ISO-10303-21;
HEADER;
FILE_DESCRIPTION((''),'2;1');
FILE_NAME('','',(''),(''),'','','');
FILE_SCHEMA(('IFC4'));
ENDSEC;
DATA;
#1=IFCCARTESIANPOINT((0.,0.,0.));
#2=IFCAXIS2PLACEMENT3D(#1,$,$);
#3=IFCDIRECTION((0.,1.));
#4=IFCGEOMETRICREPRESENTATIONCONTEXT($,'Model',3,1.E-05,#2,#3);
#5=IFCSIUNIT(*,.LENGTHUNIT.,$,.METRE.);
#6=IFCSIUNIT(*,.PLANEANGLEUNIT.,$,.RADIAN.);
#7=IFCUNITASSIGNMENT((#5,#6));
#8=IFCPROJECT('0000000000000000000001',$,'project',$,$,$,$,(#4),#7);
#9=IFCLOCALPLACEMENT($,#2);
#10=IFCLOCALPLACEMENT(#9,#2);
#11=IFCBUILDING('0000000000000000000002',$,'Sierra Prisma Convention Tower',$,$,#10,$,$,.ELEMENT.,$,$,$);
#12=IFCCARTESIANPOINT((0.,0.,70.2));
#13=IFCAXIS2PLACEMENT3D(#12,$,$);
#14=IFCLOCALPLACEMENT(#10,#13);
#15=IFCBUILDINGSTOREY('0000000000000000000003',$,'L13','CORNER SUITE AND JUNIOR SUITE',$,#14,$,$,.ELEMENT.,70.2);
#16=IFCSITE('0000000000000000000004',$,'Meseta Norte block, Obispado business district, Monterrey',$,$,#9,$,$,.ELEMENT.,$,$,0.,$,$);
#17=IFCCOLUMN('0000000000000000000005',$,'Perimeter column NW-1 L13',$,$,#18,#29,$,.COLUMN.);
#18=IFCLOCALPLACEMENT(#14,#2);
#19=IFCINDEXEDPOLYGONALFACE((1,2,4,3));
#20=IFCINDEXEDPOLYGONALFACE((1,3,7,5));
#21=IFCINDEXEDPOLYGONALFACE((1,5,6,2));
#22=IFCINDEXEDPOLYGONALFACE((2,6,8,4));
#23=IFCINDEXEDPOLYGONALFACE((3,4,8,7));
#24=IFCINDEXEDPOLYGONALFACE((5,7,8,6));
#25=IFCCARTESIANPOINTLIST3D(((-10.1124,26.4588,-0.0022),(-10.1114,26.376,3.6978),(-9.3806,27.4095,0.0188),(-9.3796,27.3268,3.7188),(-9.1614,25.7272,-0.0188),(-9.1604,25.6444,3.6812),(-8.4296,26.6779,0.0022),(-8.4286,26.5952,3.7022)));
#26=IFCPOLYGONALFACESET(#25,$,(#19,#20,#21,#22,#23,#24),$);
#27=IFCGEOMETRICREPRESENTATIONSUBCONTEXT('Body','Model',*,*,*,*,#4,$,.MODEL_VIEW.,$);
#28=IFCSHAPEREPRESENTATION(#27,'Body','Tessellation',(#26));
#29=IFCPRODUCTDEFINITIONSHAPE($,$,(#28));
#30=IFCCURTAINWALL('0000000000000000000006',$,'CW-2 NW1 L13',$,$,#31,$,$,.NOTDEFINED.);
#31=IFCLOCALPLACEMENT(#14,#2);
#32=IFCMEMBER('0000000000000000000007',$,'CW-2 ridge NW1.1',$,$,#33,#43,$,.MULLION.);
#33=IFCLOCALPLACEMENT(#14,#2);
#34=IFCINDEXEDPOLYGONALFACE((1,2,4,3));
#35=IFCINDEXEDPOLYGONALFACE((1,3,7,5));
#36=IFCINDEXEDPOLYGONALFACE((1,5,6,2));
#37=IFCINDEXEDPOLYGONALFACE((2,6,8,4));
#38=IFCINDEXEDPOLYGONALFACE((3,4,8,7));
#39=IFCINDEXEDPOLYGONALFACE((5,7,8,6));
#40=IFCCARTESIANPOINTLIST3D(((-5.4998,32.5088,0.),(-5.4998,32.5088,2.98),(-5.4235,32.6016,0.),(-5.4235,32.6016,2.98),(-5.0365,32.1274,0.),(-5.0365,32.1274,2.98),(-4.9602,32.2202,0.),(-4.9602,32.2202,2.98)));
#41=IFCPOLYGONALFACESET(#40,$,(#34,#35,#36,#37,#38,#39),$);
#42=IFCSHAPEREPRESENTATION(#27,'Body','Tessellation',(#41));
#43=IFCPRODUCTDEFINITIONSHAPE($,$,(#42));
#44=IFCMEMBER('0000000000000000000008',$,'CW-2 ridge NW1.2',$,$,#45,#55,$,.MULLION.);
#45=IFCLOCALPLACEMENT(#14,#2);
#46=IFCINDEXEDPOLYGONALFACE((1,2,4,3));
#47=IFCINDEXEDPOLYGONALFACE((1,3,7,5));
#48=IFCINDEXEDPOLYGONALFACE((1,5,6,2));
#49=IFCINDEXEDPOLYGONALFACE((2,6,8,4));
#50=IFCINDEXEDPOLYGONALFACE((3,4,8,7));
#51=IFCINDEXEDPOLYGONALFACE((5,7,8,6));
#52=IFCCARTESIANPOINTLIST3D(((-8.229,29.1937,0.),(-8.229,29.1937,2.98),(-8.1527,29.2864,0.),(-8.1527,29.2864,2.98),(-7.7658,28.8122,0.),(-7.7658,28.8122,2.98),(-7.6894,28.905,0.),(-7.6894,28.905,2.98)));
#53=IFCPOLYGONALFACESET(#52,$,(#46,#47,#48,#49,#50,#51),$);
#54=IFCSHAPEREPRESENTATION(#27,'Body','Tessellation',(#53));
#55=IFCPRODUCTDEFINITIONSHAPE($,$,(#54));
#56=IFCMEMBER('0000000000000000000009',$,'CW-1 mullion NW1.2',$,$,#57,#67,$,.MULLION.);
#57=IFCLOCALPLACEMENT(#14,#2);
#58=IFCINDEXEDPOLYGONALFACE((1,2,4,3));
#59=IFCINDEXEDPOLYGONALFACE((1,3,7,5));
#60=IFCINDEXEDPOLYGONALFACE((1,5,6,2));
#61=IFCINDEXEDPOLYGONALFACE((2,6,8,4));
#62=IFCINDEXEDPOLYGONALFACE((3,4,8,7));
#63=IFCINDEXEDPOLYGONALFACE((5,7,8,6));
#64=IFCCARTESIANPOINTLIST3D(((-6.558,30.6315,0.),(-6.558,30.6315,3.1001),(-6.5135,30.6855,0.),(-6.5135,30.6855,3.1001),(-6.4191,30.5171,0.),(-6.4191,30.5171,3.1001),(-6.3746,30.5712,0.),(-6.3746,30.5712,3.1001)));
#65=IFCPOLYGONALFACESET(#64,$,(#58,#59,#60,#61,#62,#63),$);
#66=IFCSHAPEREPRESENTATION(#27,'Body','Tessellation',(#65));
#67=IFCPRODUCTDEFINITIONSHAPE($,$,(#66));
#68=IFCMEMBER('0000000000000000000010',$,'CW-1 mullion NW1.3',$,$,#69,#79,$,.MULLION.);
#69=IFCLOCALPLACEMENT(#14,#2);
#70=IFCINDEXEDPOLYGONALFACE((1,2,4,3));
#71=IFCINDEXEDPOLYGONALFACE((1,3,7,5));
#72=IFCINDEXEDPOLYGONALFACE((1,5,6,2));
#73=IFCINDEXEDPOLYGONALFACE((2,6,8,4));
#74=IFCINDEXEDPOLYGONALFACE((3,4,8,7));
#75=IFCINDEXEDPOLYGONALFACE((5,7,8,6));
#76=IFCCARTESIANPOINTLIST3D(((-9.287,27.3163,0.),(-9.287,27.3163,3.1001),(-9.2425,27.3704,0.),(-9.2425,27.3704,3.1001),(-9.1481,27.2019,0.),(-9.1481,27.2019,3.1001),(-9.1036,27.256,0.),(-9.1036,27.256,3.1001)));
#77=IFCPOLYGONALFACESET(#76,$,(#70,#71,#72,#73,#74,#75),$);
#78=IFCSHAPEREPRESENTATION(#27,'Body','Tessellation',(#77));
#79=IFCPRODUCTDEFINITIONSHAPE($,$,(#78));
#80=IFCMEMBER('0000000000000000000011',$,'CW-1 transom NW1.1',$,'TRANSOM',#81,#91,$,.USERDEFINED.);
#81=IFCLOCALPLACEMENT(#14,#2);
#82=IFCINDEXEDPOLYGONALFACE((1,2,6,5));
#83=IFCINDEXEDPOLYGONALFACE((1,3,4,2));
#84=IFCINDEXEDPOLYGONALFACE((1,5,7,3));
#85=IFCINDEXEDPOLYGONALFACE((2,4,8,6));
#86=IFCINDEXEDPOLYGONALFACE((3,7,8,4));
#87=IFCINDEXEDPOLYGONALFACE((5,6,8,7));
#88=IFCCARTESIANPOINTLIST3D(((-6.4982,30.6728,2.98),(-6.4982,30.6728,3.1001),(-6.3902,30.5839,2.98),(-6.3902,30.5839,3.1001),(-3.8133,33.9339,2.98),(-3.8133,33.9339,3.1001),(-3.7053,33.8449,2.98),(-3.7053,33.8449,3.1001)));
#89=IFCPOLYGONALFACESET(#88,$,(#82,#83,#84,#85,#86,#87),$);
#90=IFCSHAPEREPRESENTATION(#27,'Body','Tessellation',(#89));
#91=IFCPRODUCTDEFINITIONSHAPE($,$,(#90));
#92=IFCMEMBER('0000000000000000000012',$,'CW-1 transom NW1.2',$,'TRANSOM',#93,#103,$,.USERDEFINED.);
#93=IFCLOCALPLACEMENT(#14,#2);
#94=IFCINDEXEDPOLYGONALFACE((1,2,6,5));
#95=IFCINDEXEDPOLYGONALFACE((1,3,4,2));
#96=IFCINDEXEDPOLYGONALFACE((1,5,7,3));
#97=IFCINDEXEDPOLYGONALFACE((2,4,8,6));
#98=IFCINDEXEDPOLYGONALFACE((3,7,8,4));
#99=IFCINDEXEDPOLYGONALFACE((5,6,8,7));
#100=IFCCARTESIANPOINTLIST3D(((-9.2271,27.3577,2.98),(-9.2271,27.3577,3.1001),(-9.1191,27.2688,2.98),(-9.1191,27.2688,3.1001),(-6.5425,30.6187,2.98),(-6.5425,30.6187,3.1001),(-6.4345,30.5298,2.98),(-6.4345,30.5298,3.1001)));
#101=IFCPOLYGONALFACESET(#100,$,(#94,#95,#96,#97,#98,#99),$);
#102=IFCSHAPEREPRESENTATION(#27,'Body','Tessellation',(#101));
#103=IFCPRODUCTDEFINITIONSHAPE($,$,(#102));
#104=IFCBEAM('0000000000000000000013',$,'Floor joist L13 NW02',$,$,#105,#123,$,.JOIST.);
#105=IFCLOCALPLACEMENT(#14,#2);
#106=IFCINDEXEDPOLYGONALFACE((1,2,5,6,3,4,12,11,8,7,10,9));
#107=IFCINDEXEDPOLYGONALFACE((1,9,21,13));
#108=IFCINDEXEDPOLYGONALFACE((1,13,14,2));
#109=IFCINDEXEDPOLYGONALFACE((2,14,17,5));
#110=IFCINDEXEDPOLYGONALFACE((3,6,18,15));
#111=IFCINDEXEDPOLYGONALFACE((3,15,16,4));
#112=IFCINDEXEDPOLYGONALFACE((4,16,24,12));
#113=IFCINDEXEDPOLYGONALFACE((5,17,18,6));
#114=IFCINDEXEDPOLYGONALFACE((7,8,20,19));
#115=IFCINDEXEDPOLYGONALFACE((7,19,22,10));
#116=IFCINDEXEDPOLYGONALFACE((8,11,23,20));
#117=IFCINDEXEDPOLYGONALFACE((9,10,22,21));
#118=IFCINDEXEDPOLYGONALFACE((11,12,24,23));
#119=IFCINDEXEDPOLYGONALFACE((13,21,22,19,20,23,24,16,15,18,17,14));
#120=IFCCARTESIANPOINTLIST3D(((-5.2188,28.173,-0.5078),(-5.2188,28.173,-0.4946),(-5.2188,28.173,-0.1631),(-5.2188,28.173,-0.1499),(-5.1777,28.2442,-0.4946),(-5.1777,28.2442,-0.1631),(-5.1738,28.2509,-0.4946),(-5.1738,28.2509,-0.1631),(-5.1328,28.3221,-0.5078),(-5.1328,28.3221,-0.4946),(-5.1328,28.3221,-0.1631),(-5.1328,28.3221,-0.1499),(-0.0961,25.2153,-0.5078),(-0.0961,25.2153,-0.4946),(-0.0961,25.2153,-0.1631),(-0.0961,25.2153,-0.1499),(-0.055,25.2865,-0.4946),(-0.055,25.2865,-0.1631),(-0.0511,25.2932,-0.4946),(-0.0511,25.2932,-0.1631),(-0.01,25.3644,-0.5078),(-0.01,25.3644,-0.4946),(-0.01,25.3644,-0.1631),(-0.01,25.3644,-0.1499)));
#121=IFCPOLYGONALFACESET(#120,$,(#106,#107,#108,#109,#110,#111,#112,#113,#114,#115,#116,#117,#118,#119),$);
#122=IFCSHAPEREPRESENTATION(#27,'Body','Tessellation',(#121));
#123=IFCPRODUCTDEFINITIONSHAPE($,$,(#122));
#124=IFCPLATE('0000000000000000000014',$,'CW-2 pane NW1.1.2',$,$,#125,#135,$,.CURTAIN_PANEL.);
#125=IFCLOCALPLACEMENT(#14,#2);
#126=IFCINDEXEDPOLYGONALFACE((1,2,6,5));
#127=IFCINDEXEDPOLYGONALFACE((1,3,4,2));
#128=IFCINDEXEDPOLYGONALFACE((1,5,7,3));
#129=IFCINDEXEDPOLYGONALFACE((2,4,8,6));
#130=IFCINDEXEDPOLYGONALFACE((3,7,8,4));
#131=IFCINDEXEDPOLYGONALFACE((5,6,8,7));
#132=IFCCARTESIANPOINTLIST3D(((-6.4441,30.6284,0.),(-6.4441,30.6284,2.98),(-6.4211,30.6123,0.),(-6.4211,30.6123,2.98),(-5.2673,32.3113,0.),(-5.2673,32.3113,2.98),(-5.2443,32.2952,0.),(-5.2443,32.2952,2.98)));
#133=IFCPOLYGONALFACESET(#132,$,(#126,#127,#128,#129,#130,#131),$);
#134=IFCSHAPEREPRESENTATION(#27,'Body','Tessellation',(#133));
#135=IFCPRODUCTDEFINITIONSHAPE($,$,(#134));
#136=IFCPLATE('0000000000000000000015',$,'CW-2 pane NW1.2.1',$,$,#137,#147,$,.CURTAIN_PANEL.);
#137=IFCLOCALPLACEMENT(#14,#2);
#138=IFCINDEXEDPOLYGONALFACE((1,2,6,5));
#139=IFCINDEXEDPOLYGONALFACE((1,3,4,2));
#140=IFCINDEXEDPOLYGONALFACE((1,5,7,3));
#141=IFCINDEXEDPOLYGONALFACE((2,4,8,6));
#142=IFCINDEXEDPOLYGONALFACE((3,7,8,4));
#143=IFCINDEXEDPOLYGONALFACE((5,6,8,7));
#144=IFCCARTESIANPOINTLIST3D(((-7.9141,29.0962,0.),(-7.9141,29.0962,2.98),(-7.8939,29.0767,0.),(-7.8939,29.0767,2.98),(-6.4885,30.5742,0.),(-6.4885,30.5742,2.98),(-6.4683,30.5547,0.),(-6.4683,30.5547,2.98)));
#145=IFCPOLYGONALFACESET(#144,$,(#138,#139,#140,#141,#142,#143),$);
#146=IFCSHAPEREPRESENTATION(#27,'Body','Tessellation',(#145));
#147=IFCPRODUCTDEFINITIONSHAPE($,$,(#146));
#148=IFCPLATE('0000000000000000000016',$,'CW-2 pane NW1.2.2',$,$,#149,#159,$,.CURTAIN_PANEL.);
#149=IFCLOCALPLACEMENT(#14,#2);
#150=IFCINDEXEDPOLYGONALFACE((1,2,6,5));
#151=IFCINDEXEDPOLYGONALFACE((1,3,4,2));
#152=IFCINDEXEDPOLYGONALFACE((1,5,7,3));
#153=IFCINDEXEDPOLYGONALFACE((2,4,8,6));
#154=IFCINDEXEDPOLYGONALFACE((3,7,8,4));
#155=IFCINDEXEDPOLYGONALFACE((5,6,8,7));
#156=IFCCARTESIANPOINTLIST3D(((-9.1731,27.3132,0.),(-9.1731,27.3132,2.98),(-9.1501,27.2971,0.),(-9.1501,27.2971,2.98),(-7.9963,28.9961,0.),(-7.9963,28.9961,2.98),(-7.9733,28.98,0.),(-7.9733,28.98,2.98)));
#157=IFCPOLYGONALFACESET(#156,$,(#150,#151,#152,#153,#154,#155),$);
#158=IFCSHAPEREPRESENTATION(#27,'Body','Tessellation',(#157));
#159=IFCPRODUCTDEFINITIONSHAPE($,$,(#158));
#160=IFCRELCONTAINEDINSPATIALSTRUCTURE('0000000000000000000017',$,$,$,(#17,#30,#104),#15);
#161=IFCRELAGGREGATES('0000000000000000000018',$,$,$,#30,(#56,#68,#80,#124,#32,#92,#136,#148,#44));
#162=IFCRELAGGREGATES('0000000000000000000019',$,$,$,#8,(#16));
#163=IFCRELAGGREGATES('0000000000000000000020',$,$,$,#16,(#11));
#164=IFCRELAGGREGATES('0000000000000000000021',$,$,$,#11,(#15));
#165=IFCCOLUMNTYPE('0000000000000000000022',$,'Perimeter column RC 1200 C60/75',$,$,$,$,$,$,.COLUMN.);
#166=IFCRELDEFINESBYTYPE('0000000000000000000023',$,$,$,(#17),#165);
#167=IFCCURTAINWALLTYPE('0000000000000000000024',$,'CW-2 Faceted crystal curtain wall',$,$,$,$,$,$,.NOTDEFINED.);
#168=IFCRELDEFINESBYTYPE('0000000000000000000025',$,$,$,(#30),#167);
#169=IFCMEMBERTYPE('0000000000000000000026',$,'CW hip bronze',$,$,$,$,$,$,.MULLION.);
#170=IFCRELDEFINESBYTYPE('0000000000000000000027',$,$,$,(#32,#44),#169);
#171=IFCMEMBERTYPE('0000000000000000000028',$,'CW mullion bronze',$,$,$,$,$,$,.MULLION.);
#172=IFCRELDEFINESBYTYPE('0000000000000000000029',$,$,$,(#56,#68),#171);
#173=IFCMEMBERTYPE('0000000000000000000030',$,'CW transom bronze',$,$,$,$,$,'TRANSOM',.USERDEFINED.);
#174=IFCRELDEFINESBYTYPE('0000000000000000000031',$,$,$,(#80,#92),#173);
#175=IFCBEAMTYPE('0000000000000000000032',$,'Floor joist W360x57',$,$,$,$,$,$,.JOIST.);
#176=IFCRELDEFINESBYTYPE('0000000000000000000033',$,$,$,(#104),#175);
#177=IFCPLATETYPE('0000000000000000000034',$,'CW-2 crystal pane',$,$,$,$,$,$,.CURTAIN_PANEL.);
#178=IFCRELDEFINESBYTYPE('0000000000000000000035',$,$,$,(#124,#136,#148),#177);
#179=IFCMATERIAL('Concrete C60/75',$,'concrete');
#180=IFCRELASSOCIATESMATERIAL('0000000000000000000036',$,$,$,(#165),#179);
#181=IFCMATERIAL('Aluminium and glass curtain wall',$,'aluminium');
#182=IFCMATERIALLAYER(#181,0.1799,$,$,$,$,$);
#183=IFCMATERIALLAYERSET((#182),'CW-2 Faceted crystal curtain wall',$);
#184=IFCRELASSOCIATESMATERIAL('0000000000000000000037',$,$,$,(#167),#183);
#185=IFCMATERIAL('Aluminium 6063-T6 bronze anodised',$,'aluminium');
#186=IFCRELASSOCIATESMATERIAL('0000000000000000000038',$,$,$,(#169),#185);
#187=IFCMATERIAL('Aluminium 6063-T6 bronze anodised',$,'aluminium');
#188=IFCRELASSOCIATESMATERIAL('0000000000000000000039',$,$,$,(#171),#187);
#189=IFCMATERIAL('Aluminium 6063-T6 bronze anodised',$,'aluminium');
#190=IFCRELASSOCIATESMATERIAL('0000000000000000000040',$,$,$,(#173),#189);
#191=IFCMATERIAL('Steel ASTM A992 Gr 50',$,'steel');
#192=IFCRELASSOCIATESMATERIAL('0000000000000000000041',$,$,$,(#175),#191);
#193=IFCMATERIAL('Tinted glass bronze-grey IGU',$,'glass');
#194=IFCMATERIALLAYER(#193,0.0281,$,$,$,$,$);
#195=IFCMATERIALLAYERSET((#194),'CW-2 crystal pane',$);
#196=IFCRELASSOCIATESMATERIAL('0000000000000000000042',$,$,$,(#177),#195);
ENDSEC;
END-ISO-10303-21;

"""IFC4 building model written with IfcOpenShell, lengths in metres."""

from ifc_helpers import new_model, si_unit, direction, frame, origin, origin_2d, place, context, subcontext, project, spatial, polyline, rectangle, i_section, outline, extrude, material, layer, layer_set, material_profile, profile_set, type_object, element, aggregate, save


model = new_model("IFC4")

# Units and contexts
model_context = context("Model", 3, precision=1e-05, world=origin(), true_north=direction((0.0, 1.0)))
body_context = subcontext(model_context, "Body", "Model", "MODEL_VIEW")
ifc_project = project(units=[si_unit("LENGTHUNIT", "METRE"), si_unit("PLANEANGLEUNIT", "RADIAN")], contexts=[model_context])

# Site, building, storey
site_placement = place(None, origin())
site = spatial("IfcSite", under=ifc_project, at=site_placement, Name="Meseta Norte block, Obispado business district, Monterrey", CompositionType="ELEMENT", RefElevation=0.0)
building_placement = place(site_placement, origin())
building = spatial("IfcBuilding", under=site, at=building_placement, Name="Sierra Prisma Convention Tower", CompositionType="ELEMENT")
storey_placement = place(building_placement, frame((0.0, 0.0, 70.2)))
storey = spatial("IfcBuildingStorey", under=building, at=storey_placement, Name="L13", Description="CORNER SUITE AND JUNIOR SUITE", CompositionType="ELEMENT", Elevation=70.2)

# Column
ifc_material_1 = material(Name="Concrete C60/75", Category="concrete")
ifc_material_profile_1 = material_profile(ifc_material_1, rectangle(XDim=1.2, YDim=1.2, at=origin_2d()), Name="Perimeter column RC 1200 C60/75")
ifc_profile_set_1 = profile_set([ifc_material_profile_1], Name="Concrete C60/75")
column_type = type_object("IfcColumnType", Name="Perimeter column RC 1200 C60/75", PredefinedType="COLUMN", material=ifc_profile_set_1)
column_placement = place(storey_placement, frame((-9.271, 26.5684, 0.0), z_axis=(0.000264, -0.022363, 0.99975), x_axis=(0.609857, 0.792316, 0.017562)))
element("IfcColumn", 1, at=column_placement, inside=storey, type_object=column_type, Name="Perimeter column NW-1 L13", PredefinedType="COLUMN", context=body_context, shape_type="SweptSolid", body=[
    extrude(rectangle(XDim=1.2, YDim=1.2, at=origin_2d()), origin(), (0.0, 0.0, 1.0), 3.7009),
])

# Curtain wall, members
ifc_material_2 = material(Name="Aluminium and glass curtain wall", Category="aluminium")
ifc_layer_1 = layer(ifc_material_2, 0.1799)
ifc_layer_set_1 = layer_set([ifc_layer_1], Name="CW-2 Faceted crystal curtain wall")
curtain_wall_type = type_object("IfcCurtainWallType", Name="CW-2 Faceted crystal curtain wall", PredefinedType="NOTDEFINED", material=ifc_layer_set_1)
curtain_wall_placement = place(storey_placement, origin())
curtain_wall = element("IfcCurtainWall", 2, at=curtain_wall_placement, inside=storey, type_object=curtain_wall_type, Name="CW-2 NW1 L13", PredefinedType="NOTDEFINED")
ifc_material_3 = material(Name="Aluminium 6063-T6 bronze anodised", Category="aluminium")
ifc_material_profile_2 = material_profile(ifc_material_3, rectangle(XDim=0.1201, YDim=0.6001, at=origin_2d()), Name="ALU RIDGE BLADE 120x600")
ifc_profile_set_2 = profile_set([ifc_material_profile_2], Name="Aluminium 6063-T6 bronze anodised")
member_type_1 = type_object("IfcMemberType", Name="CW hip bronze", PredefinedType="MULLION", material=ifc_profile_set_2)
member_1_placement = place(storey_placement, frame((-5.23, 32.3645, 0.0), z_axis=(0.0, 0.0, 1.0), x_axis=(-0.635579, -0.772036, 0.0)))
member_1 = element("IfcMember", 3, at=member_1_placement, type_object=member_type_1, Name="CW-2 ridge NW1.1", PredefinedType="MULLION", context=body_context, shape_type="SweptSolid", body=[
    extrude(rectangle(XDim=0.1201, YDim=0.6001, at=origin_2d()), origin(), (0.0, 0.0, 1.0), 2.98),
])
member_2_placement = place(storey_placement, frame((-7.9592, 29.0493, 0.0), z_axis=(0.0, 0.0, 1.0), x_axis=(-0.635579, -0.772036, 0.0)))
member_2 = element("IfcMember", 4, at=member_2_placement, type_object=member_type_1, Name="CW-2 ridge NW1.2", PredefinedType="MULLION", context=body_context, shape_type="SweptSolid", body=[
    extrude(rectangle(XDim=0.1201, YDim=0.6001, at=origin_2d()), origin(), (0.0, 0.0, 1.0), 2.98),
])
ifc_material_4 = material(Name="Aluminium 6063-T6 bronze anodised", Category="aluminium")
ifc_material_profile_3 = material_profile(ifc_material_4, rectangle(XDim=0.1799, YDim=0.0701, at=origin_2d()), Name="ALU MULLION 70x180")
ifc_profile_set_3 = profile_set([ifc_material_profile_3], Name="Aluminium 6063-T6 bronze anodised")
member_type_2 = type_object("IfcMemberType", Name="CW mullion bronze", PredefinedType="MULLION", material=ifc_profile_set_3)
member_3_placement = place(storey_placement, frame((-6.4663, 30.6013, 0.0), z_axis=(0.0, 0.0, 1.0), x_axis=(0.772036, -0.635579, 0.0)))
member_3 = element("IfcMember", 5, at=member_3_placement, type_object=member_type_2, Name="CW-1 mullion NW1.2", PredefinedType="MULLION", context=body_context, shape_type="SweptSolid", body=[
    extrude(rectangle(XDim=0.1799, YDim=0.0701, at=origin_2d()), origin(), (0.0, 0.0, 1.0), 3.1001),
])
member_4_placement = place(storey_placement, frame((-9.1953, 27.2861, 0.0), z_axis=(0.0, 0.0, 1.0), x_axis=(0.772036, -0.635579, 0.0)))
member_4 = element("IfcMember", 6, at=member_4_placement, type_object=member_type_2, Name="CW-1 mullion NW1.3", PredefinedType="MULLION", context=body_context, shape_type="SweptSolid", body=[
    extrude(rectangle(XDim=0.1799, YDim=0.0701, at=origin_2d()), origin(), (0.0, 0.0, 1.0), 3.1001),
])
ifc_material_5 = material(Name="Aluminium 6063-T6 bronze anodised", Category="aluminium")
ifc_material_profile_4 = material_profile(ifc_material_5, rectangle(XDim=0.1399, YDim=0.1201, at=origin_2d()), Name="ALU TRANSOM 120x140")
ifc_profile_set_4 = profile_set([ifc_material_profile_4], Name="Aluminium 6063-T6 bronze anodised")
member_type_3 = type_object("IfcMemberType", Name="CW transom bronze", ElementType="TRANSOM", PredefinedType="USERDEFINED", material=ifc_profile_set_4)
member_5_placement = place(storey_placement, frame((-3.7593, 33.8894, 3.04), z_axis=(-0.635608, -0.772012, 0.0), x_axis=(0.772012, -0.635608, 0.0)))
member_5 = element("IfcMember", 7, at=member_5_placement, type_object=member_type_3, Name="CW-1 transom NW1.1", ObjectType="TRANSOM", PredefinedType="USERDEFINED", context=body_context, shape_type="SweptSolid", body=[
    extrude(rectangle(XDim=0.1399, YDim=0.1201, at=origin_2d()), origin(), (0.0, 0.0, 1.0), 4.2241),
])
member_6_placement = place(storey_placement, frame((-6.4885, 30.5742, 3.04), z_axis=(-0.635574, -0.77204, 0.0), x_axis=(0.77204, -0.635574, 0.0)))
member_6 = element("IfcMember", 8, at=member_6_placement, type_object=member_type_3, Name="CW-1 transom NW1.2", ObjectType="TRANSOM", PredefinedType="USERDEFINED", context=body_context, shape_type="SweptSolid", body=[
    extrude(rectangle(XDim=0.1399, YDim=0.1201, at=origin_2d()), origin(), (0.0, 0.0, 1.0), 4.2239),
])

# Beam
ifc_material_6 = material(Name="Steel ASTM A992 Gr 50", Category="steel")
ifc_material_profile_5 = material_profile(ifc_material_6, i_section(OverallWidth=0.1721, OverallDepth=0.3579, WebThickness=0.0078, FlangeThickness=0.0132, at=origin_2d()), Name="W360x57")
ifc_profile_set_5 = profile_set([ifc_material_profile_5], Name="Steel ASTM A992 Gr 50")
beam_type = type_object("IfcBeamType", Name="Floor joist W360x57", PredefinedType="JOIST", material=ifc_profile_set_5)
beam_placement = place(storey_placement, frame((-5.1758, 28.2476, -0.3289), z_axis=(0.866017, -0.500014, 0.0), x_axis=(0.500014, 0.866017, 0.0)))
element("IfcBeam", 9, at=beam_placement, inside=storey, type_object=beam_type, Name="Floor joist L13 NW02", PredefinedType="JOIST", context=body_context, shape_type="SweptSolid", body=[
    extrude(i_section(OverallWidth=0.1721, OverallDepth=0.3579, WebThickness=0.0078, FlangeThickness=0.0132, at=origin_2d()), origin(), (0.0, 0.0, 1.0), 5.9153),
])

# Plates
ifc_material_7 = material(Name="Tinted glass bronze-grey IGU", Category="glass")
ifc_layer_2 = layer(ifc_material_7, 0.0281)
ifc_layer_set_2 = layer_set([ifc_layer_2], Name="CW-2 crystal pane")
plate_type = type_object("IfcPlateType", Name="CW-2 crystal pane", PredefinedType="CURTAIN_PANEL", material=ifc_layer_set_2)
plate_1_placement = place(storey_placement, frame((-6.4441, 30.6284, 0.0), z_axis=(-0.819517, 0.573055, 0.0), x_axis=(0.573055, 0.819517, 0.0)))
plate_1 = element("IfcPlate", 10, at=plate_1_placement, type_object=plate_type, Name="CW-2 pane NW1.1.2", PredefinedType="CURTAIN_PANEL", context=body_context, shape_type="SweptSolid", body=[
    extrude(outline(polyline([(0.0, 0.0), (2.0535, 0.0), (2.0535, -2.98), (0.0, -2.98), (0.0, 0.0)])), origin(), (0.0, 0.0, -1.0), 0.0281),
])
plate_2_placement = place(storey_placement, frame((-6.4885, 30.5742, 0.0), z_axis=(-0.719772, 0.69421, 0.0), x_axis=(-0.69421, -0.719772, 0.0)))
plate_2 = element("IfcPlate", 11, at=plate_2_placement, type_object=plate_type, Name="CW-2 pane NW1.2.1", PredefinedType="CURTAIN_PANEL", context=body_context, shape_type="SweptSolid", body=[
    extrude(outline(polyline([(0.0, 0.0), (2.0535, 0.0), (2.0535, 2.98), (0.0, 2.98), (0.0, 0.0)])), origin(), (0.0, 0.0, -1.0), 0.0281),
])
plate_3_placement = place(storey_placement, frame((-9.1731, 27.3132, 0.0), z_axis=(-0.819517, 0.573055, 0.0), x_axis=(0.573055, 0.819517, 0.0)))
plate_3 = element("IfcPlate", 12, at=plate_3_placement, type_object=plate_type, Name="CW-2 pane NW1.2.2", PredefinedType="CURTAIN_PANEL", context=body_context, shape_type="SweptSolid", body=[
    extrude(outline(polyline([(0.0, 0.0), (2.0535, 0.0), (2.0535, -2.98), (0.0, -2.98), (0.0, 0.0)])), origin(), (0.0, 0.0, -1.0), 0.0281),
])
aggregate(curtain_wall, [member_3, member_4, member_5, plate_1, member_1, member_6, plate_2, plate_3, member_2])

save(model, "model.ifc")
